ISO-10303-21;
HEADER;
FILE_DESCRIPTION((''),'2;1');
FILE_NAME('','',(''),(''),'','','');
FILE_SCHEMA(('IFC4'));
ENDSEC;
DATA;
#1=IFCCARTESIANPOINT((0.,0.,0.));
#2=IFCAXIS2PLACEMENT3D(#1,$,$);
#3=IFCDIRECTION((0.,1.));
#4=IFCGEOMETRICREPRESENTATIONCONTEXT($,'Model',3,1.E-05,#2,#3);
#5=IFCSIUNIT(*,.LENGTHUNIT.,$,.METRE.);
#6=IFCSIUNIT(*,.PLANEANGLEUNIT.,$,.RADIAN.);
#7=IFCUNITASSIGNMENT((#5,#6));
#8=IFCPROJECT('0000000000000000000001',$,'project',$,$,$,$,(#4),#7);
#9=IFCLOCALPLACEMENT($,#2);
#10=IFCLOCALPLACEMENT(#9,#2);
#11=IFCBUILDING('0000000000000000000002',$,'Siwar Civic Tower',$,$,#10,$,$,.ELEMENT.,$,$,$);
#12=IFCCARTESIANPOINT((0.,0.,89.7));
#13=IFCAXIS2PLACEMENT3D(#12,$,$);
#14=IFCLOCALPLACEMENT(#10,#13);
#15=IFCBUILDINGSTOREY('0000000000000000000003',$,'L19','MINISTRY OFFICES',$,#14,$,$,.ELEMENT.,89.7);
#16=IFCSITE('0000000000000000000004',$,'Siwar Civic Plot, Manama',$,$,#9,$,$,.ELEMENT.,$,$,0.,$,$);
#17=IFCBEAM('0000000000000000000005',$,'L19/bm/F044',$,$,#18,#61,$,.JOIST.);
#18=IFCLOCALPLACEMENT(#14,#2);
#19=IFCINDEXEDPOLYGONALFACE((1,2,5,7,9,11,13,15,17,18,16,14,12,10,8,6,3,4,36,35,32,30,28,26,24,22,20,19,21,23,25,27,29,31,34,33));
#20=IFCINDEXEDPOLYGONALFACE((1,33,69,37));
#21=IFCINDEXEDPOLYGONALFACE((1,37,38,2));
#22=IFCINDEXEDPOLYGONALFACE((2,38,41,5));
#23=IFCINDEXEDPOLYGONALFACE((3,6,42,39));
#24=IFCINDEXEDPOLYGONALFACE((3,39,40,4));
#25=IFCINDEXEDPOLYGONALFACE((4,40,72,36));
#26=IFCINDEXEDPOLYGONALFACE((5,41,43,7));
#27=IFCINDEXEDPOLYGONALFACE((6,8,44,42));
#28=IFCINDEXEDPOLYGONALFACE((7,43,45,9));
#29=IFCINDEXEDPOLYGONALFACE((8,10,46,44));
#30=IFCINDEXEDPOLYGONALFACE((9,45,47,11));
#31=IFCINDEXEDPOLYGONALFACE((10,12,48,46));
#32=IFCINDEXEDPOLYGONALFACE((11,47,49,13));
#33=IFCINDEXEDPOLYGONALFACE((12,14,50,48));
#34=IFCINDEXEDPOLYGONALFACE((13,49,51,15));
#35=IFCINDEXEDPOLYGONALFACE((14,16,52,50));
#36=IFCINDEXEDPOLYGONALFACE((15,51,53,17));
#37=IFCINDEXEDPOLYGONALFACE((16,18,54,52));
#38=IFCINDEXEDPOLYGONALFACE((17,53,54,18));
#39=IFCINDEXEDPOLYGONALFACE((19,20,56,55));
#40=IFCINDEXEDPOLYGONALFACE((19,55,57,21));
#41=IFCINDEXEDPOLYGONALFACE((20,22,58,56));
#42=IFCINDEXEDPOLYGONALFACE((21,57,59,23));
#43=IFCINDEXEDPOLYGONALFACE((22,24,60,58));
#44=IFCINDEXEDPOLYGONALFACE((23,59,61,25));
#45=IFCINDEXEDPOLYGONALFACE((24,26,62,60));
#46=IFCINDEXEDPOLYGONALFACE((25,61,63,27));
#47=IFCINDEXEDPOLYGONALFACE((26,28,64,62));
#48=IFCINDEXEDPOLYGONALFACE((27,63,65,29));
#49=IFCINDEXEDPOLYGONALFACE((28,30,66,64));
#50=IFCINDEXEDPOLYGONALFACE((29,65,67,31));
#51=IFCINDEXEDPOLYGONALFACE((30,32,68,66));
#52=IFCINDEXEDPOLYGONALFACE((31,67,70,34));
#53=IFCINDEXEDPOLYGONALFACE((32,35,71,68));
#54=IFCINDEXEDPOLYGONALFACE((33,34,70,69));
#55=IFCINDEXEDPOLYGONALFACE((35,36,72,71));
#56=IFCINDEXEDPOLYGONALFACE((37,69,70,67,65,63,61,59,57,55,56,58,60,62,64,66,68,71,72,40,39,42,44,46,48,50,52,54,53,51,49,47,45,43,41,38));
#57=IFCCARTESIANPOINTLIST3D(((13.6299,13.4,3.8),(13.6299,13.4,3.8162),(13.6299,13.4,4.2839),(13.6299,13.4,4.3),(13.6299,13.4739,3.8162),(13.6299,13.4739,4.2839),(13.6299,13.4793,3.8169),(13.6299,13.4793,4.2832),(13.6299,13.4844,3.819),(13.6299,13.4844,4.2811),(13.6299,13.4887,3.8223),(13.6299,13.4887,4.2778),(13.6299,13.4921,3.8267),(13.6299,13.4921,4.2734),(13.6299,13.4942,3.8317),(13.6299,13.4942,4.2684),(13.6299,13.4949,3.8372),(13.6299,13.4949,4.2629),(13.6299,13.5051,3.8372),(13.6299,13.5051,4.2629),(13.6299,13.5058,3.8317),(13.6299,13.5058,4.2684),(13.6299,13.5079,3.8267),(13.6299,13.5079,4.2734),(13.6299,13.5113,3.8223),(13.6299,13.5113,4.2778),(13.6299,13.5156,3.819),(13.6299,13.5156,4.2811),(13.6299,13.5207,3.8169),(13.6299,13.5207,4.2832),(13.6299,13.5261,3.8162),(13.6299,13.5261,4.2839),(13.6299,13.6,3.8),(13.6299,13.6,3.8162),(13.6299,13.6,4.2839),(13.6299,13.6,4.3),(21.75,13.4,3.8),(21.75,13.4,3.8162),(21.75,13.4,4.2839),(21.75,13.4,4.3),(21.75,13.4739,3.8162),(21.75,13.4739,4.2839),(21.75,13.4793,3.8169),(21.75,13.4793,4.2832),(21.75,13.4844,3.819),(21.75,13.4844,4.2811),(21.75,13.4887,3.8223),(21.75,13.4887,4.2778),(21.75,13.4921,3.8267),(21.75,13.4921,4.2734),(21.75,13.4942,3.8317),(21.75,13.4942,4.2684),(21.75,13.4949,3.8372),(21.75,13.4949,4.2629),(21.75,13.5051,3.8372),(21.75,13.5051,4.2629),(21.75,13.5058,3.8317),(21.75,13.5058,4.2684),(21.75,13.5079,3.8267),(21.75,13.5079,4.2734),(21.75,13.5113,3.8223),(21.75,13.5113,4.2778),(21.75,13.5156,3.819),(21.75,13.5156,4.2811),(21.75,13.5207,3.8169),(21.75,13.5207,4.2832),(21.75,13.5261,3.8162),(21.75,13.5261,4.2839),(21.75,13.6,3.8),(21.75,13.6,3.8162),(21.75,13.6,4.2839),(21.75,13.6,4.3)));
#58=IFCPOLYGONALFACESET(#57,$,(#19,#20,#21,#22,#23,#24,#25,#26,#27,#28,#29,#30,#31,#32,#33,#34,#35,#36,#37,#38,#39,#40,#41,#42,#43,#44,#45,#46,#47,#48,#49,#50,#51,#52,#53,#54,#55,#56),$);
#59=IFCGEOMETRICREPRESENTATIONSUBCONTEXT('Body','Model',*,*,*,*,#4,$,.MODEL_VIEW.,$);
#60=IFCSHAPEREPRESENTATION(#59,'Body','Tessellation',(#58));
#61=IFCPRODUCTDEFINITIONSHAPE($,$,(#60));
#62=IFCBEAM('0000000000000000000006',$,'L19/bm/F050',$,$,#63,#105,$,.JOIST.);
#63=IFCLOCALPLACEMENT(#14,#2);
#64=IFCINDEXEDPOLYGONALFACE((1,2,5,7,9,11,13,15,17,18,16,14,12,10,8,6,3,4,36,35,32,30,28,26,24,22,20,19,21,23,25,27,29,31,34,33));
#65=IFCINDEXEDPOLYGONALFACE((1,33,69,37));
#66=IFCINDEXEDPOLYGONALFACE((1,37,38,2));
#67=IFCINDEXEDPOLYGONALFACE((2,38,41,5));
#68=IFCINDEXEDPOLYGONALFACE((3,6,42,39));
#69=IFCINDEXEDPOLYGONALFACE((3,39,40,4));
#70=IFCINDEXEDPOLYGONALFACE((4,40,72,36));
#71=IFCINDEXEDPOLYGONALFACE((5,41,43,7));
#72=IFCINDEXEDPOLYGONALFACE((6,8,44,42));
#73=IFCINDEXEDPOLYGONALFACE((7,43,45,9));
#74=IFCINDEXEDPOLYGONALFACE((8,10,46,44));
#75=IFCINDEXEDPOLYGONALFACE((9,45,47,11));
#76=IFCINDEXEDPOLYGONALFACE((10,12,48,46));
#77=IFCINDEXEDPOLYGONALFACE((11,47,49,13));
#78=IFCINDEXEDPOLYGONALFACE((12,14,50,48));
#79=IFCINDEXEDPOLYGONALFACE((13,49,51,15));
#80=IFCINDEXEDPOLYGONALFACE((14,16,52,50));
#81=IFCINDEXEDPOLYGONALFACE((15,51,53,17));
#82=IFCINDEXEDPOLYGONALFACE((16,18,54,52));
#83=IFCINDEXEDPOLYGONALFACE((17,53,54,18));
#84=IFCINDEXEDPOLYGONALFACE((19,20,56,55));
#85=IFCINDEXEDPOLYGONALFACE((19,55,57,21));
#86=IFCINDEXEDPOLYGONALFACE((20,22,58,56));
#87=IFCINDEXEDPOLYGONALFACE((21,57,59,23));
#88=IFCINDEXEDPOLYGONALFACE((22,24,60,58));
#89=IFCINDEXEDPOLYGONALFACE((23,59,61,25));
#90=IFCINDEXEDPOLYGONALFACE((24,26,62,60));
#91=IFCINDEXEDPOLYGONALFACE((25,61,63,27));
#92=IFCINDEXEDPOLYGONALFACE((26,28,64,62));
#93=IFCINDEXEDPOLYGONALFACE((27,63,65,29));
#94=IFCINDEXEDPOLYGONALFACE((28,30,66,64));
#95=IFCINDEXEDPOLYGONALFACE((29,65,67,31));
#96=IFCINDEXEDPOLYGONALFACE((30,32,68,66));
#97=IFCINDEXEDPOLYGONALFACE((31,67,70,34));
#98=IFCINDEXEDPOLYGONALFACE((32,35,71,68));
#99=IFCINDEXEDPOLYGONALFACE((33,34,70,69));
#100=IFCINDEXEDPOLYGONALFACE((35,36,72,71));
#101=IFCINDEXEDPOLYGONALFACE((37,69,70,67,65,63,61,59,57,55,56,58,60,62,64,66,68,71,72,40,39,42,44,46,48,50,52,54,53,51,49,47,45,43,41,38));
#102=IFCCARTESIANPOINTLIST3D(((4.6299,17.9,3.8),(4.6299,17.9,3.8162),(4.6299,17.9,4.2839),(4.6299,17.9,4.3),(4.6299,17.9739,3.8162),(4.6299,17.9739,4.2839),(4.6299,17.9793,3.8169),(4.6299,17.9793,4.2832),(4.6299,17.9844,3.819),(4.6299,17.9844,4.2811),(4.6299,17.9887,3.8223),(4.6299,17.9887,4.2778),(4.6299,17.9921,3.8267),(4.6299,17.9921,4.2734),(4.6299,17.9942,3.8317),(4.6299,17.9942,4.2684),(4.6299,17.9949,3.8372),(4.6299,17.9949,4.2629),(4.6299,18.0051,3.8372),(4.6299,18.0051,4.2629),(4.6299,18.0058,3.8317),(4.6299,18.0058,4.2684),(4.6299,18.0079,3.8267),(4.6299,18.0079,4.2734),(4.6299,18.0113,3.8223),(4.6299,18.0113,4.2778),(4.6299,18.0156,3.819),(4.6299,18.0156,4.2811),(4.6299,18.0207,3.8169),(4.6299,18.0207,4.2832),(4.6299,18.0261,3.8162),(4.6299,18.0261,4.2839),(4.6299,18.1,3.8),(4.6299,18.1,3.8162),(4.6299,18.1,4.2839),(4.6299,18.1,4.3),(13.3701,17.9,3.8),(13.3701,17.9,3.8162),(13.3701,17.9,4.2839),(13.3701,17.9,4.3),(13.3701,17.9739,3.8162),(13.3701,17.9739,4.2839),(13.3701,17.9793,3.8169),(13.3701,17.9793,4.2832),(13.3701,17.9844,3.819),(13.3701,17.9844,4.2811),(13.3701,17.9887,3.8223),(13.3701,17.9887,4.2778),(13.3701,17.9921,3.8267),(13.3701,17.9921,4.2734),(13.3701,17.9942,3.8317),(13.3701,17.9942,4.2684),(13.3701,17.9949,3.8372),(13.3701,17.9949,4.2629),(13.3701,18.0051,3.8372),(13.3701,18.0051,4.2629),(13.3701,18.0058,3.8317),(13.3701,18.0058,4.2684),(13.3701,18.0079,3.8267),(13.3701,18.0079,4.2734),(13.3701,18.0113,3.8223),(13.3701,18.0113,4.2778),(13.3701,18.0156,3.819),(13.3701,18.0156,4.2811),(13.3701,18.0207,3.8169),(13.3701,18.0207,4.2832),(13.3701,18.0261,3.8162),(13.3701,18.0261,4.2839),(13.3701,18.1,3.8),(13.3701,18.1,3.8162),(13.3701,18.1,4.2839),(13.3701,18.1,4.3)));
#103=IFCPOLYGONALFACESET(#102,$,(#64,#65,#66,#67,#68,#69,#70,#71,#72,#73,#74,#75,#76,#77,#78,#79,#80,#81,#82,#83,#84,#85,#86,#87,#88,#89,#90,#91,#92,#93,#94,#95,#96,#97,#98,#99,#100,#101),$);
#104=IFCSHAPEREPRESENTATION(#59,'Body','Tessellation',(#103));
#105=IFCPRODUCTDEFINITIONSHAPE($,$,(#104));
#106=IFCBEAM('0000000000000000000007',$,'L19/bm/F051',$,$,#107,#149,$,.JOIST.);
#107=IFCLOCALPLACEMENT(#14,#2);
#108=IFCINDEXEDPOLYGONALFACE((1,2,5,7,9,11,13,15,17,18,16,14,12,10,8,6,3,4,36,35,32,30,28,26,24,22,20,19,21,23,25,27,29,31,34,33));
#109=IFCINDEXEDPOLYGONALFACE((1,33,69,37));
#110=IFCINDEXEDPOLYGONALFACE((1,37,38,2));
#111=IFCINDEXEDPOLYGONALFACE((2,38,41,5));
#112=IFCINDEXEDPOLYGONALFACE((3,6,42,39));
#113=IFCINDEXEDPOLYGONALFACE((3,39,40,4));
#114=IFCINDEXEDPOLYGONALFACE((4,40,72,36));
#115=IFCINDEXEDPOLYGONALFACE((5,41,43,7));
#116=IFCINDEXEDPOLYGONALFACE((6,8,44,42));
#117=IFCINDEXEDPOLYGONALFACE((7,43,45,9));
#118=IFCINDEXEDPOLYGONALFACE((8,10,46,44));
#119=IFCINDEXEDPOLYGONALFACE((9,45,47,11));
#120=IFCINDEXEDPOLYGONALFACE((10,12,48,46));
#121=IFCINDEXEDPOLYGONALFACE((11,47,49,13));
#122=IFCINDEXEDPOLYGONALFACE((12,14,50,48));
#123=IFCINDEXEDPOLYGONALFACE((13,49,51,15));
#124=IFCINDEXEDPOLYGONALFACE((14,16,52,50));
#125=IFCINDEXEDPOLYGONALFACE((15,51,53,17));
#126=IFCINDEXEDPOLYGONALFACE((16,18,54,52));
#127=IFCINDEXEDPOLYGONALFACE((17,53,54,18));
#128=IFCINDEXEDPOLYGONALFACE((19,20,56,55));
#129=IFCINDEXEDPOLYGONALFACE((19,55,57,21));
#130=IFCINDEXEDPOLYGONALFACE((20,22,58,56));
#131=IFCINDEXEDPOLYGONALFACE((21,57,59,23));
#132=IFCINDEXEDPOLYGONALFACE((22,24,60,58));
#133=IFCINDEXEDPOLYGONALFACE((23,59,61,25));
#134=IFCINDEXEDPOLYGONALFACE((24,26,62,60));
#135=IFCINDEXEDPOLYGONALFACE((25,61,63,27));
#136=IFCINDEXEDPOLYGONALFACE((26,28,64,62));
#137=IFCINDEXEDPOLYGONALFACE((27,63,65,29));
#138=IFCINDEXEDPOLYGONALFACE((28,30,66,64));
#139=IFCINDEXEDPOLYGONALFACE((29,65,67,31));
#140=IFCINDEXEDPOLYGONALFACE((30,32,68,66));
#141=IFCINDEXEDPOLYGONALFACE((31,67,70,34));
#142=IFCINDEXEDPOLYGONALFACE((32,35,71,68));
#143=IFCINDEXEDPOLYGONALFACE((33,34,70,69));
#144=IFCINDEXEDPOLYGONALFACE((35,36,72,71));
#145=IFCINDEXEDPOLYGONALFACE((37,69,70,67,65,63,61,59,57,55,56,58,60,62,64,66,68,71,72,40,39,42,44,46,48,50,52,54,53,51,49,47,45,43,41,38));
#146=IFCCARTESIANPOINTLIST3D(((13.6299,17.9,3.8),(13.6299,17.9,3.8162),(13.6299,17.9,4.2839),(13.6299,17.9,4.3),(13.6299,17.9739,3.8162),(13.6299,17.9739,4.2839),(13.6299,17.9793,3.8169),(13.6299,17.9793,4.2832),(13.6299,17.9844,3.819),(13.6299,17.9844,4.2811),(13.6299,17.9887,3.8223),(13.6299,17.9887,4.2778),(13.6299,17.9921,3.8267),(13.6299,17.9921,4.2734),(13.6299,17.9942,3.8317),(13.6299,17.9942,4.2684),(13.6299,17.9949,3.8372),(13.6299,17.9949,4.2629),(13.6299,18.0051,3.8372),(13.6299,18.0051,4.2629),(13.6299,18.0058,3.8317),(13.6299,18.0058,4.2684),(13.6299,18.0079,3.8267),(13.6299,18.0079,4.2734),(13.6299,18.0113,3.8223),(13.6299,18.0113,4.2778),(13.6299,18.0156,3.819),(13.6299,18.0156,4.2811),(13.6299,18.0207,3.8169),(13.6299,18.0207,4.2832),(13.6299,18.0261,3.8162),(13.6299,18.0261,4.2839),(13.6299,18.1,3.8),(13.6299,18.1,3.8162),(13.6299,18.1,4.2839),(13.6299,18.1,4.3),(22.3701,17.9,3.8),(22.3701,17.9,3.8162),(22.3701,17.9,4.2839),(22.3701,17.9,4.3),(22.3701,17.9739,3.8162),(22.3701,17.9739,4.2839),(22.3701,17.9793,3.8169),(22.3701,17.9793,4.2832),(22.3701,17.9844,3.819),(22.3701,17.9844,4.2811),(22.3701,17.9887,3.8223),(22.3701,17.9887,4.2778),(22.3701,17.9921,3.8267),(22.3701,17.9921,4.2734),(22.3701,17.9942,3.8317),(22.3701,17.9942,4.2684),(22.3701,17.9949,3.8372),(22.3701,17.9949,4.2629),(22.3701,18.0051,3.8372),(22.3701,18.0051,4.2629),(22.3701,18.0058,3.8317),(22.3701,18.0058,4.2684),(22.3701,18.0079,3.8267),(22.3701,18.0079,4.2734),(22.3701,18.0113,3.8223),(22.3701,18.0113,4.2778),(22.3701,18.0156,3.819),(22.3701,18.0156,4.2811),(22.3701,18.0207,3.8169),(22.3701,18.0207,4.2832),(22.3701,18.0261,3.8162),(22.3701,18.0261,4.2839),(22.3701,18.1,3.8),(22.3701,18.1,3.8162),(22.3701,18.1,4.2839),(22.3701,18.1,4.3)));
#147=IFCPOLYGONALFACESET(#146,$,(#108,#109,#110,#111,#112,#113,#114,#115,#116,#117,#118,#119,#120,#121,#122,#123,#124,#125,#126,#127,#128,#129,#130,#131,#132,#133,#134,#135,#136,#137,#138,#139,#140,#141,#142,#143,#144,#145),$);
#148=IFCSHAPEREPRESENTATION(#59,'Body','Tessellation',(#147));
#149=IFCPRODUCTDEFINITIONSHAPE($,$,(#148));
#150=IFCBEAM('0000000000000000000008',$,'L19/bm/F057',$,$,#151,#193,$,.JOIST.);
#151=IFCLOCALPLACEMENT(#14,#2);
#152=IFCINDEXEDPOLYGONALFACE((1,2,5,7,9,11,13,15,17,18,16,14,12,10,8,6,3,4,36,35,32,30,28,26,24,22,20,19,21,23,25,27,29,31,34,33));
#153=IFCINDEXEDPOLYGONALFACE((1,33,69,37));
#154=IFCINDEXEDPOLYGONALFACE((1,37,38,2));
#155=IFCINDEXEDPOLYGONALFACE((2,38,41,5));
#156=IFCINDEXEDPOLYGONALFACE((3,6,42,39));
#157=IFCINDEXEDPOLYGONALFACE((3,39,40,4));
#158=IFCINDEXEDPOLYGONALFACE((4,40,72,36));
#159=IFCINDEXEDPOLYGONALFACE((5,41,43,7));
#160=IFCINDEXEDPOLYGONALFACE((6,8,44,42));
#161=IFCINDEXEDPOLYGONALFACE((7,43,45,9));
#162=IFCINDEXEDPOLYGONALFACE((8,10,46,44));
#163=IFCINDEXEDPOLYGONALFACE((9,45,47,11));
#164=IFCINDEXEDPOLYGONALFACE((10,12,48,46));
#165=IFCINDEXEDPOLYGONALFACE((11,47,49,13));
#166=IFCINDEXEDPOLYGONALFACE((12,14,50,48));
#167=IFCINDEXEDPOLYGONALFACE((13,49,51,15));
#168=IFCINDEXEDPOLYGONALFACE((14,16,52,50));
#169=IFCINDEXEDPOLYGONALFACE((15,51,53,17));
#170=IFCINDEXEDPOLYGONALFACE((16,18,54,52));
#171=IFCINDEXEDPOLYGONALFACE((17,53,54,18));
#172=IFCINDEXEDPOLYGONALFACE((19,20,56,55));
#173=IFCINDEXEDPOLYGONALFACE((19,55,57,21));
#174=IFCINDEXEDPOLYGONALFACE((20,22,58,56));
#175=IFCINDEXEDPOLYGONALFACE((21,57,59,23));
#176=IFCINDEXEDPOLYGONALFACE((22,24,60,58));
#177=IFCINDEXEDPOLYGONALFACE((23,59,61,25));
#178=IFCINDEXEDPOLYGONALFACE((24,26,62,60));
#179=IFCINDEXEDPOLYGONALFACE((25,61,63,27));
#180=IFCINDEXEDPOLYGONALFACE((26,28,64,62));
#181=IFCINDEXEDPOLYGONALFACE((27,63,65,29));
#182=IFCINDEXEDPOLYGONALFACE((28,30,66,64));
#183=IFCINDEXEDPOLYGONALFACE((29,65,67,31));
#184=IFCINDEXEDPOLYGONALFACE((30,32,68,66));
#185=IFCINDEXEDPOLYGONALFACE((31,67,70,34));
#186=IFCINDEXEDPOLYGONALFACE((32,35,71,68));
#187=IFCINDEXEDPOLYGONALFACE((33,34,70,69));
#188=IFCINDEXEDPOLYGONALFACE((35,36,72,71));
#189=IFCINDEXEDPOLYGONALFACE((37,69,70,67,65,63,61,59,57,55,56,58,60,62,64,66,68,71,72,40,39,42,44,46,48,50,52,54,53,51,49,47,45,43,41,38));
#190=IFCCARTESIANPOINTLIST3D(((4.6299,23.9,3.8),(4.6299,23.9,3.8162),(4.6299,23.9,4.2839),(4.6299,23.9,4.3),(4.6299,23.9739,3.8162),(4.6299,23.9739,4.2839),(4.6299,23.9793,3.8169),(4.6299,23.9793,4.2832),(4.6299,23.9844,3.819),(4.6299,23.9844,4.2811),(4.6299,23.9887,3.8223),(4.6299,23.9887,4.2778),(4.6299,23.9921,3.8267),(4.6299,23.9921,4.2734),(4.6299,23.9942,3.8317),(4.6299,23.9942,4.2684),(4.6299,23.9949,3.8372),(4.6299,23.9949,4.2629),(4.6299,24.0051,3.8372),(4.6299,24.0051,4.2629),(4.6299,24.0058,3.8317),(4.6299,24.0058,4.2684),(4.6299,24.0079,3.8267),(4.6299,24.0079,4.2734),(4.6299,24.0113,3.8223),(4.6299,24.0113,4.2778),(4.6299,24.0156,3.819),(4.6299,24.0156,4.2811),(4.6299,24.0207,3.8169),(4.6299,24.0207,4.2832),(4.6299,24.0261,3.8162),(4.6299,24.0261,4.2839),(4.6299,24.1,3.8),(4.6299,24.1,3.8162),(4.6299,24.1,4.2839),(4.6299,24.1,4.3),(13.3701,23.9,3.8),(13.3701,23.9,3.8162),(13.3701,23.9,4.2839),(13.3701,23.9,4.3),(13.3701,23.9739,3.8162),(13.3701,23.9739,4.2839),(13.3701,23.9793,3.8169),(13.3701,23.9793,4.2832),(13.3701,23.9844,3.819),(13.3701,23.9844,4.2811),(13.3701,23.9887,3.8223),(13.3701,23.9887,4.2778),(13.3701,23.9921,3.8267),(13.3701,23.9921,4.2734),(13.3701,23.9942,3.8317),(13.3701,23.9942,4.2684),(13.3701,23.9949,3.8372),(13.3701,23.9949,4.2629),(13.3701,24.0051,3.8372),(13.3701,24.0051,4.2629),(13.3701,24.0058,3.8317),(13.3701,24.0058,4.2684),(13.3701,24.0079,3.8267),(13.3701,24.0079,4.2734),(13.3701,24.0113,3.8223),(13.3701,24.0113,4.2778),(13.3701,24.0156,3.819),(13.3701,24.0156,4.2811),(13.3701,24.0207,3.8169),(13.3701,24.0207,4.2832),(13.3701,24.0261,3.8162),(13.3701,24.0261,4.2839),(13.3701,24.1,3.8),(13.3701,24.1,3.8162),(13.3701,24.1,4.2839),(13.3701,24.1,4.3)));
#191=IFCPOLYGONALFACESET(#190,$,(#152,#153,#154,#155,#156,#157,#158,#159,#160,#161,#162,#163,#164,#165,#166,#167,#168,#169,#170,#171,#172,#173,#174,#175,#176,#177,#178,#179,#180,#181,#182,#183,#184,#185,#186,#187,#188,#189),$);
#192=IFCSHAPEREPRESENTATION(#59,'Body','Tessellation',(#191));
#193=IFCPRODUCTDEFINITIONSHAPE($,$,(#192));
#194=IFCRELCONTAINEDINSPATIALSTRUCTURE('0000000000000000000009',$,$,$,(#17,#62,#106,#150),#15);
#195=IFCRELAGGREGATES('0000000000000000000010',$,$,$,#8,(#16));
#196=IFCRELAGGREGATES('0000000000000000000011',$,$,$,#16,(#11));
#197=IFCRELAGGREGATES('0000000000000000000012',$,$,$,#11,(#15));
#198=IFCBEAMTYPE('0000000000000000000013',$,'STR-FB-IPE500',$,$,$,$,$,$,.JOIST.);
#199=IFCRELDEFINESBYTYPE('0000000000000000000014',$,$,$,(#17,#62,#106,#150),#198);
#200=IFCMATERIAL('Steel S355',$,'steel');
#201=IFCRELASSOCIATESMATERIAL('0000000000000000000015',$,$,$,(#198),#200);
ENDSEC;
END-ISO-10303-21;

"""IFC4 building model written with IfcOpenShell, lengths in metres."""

from ifc_helpers import new_model, si_unit, direction, frame, origin, origin_2d, place, context, subcontext, project, spatial, i_section, extrude, material, material_profile, profile_set, type_object, element, save


model = new_model("IFC4")

# Units and contexts
model_context = context("Model", 3, precision=1e-05, world=origin(), true_north=direction((0.0, 1.0)))
body_context = subcontext(model_context, "Body", "Model", "MODEL_VIEW")
ifc_project = project(units=[si_unit("LENGTHUNIT", "METRE"), si_unit("PLANEANGLEUNIT", "RADIAN")], contexts=[model_context])

# Site, building, storey
site_placement = place(None, origin())
site = spatial("IfcSite", under=ifc_project, at=site_placement, Name="Siwar Civic Plot, Manama", CompositionType="ELEMENT", RefElevation=0.0)
building_placement = place(site_placement, origin())
building = spatial("IfcBuilding", under=site, at=building_placement, Name="Siwar Civic Tower", CompositionType="ELEMENT")
storey_placement = place(building_placement, frame((0.0, 0.0, 89.7)))
storey = spatial("IfcBuildingStorey", under=building, at=storey_placement, Name="L19", Description="MINISTRY OFFICES", CompositionType="ELEMENT", Elevation=89.7)

# Beams
ifc_material_1 = material(Name="Steel S355", Category="steel")
ifc_material_profile_1 = material_profile(ifc_material_1, i_section(OverallWidth=0.2, OverallDepth=0.5, WebThickness=0.0103, FlangeThickness=0.0161, FilletRadius=0.021, at=origin_2d()), Name="IPE500")
ifc_profile_set_1 = profile_set([ifc_material_profile_1], Name="Steel S355")
beam_type_1 = type_object("IfcBeamType", Name="STR-FB-IPE500", PredefinedType="JOIST", material=ifc_profile_set_1)
beam_1_placement = place(storey_placement, frame((13.6299, 13.5, 4.05), z_axis=(1.0, 0.0, 0.0), x_axis=(0.0, 1.0, 0.0)))
element("IfcBeam", 1, at=beam_1_placement, inside=storey, type_object=beam_type_1, Name="L19/bm/F044", PredefinedType="JOIST", context=body_context, shape_type="SweptSolid", body=[
    extrude(i_section(OverallWidth=0.2, OverallDepth=0.5, WebThickness=0.0103, FlangeThickness=0.0161, FilletRadius=0.021, at=origin_2d()), origin(), (0.0, 0.0, 1.0), 8.1201),
])
for number, where, z_axis, x_axis, name in (
    (2, (4.6299, 18.0, 4.05), (1.0, 0.0, 0.0), (0.0, 1.0, 0.0), "L19/bm/F050"),
    (3, (13.6299, 18.0, 4.05), (1.0, 0.0, 0.0), (0.0, 1.0, 0.0), "L19/bm/F051"),
    (4, (4.6299, 24.0, 4.05), (1.0, 0.0, 0.0), (0.0, 1.0, 0.0), "L19/bm/F057"),
):
    element("IfcBeam", number, at=place(storey_placement, frame(where, z_axis=z_axis, x_axis=x_axis)), inside=storey, type_object=beam_type_1, Name=name, PredefinedType="JOIST", context=body_context, shape_type="SweptSolid", body=[
        extrude(i_section(OverallWidth=0.2, OverallDepth=0.5, WebThickness=0.0103, FlangeThickness=0.0161, FilletRadius=0.021, at=origin_2d()), origin(), (0.0, 0.0, 1.0), 8.7402),
    ])

save(model, "model.ifc")
